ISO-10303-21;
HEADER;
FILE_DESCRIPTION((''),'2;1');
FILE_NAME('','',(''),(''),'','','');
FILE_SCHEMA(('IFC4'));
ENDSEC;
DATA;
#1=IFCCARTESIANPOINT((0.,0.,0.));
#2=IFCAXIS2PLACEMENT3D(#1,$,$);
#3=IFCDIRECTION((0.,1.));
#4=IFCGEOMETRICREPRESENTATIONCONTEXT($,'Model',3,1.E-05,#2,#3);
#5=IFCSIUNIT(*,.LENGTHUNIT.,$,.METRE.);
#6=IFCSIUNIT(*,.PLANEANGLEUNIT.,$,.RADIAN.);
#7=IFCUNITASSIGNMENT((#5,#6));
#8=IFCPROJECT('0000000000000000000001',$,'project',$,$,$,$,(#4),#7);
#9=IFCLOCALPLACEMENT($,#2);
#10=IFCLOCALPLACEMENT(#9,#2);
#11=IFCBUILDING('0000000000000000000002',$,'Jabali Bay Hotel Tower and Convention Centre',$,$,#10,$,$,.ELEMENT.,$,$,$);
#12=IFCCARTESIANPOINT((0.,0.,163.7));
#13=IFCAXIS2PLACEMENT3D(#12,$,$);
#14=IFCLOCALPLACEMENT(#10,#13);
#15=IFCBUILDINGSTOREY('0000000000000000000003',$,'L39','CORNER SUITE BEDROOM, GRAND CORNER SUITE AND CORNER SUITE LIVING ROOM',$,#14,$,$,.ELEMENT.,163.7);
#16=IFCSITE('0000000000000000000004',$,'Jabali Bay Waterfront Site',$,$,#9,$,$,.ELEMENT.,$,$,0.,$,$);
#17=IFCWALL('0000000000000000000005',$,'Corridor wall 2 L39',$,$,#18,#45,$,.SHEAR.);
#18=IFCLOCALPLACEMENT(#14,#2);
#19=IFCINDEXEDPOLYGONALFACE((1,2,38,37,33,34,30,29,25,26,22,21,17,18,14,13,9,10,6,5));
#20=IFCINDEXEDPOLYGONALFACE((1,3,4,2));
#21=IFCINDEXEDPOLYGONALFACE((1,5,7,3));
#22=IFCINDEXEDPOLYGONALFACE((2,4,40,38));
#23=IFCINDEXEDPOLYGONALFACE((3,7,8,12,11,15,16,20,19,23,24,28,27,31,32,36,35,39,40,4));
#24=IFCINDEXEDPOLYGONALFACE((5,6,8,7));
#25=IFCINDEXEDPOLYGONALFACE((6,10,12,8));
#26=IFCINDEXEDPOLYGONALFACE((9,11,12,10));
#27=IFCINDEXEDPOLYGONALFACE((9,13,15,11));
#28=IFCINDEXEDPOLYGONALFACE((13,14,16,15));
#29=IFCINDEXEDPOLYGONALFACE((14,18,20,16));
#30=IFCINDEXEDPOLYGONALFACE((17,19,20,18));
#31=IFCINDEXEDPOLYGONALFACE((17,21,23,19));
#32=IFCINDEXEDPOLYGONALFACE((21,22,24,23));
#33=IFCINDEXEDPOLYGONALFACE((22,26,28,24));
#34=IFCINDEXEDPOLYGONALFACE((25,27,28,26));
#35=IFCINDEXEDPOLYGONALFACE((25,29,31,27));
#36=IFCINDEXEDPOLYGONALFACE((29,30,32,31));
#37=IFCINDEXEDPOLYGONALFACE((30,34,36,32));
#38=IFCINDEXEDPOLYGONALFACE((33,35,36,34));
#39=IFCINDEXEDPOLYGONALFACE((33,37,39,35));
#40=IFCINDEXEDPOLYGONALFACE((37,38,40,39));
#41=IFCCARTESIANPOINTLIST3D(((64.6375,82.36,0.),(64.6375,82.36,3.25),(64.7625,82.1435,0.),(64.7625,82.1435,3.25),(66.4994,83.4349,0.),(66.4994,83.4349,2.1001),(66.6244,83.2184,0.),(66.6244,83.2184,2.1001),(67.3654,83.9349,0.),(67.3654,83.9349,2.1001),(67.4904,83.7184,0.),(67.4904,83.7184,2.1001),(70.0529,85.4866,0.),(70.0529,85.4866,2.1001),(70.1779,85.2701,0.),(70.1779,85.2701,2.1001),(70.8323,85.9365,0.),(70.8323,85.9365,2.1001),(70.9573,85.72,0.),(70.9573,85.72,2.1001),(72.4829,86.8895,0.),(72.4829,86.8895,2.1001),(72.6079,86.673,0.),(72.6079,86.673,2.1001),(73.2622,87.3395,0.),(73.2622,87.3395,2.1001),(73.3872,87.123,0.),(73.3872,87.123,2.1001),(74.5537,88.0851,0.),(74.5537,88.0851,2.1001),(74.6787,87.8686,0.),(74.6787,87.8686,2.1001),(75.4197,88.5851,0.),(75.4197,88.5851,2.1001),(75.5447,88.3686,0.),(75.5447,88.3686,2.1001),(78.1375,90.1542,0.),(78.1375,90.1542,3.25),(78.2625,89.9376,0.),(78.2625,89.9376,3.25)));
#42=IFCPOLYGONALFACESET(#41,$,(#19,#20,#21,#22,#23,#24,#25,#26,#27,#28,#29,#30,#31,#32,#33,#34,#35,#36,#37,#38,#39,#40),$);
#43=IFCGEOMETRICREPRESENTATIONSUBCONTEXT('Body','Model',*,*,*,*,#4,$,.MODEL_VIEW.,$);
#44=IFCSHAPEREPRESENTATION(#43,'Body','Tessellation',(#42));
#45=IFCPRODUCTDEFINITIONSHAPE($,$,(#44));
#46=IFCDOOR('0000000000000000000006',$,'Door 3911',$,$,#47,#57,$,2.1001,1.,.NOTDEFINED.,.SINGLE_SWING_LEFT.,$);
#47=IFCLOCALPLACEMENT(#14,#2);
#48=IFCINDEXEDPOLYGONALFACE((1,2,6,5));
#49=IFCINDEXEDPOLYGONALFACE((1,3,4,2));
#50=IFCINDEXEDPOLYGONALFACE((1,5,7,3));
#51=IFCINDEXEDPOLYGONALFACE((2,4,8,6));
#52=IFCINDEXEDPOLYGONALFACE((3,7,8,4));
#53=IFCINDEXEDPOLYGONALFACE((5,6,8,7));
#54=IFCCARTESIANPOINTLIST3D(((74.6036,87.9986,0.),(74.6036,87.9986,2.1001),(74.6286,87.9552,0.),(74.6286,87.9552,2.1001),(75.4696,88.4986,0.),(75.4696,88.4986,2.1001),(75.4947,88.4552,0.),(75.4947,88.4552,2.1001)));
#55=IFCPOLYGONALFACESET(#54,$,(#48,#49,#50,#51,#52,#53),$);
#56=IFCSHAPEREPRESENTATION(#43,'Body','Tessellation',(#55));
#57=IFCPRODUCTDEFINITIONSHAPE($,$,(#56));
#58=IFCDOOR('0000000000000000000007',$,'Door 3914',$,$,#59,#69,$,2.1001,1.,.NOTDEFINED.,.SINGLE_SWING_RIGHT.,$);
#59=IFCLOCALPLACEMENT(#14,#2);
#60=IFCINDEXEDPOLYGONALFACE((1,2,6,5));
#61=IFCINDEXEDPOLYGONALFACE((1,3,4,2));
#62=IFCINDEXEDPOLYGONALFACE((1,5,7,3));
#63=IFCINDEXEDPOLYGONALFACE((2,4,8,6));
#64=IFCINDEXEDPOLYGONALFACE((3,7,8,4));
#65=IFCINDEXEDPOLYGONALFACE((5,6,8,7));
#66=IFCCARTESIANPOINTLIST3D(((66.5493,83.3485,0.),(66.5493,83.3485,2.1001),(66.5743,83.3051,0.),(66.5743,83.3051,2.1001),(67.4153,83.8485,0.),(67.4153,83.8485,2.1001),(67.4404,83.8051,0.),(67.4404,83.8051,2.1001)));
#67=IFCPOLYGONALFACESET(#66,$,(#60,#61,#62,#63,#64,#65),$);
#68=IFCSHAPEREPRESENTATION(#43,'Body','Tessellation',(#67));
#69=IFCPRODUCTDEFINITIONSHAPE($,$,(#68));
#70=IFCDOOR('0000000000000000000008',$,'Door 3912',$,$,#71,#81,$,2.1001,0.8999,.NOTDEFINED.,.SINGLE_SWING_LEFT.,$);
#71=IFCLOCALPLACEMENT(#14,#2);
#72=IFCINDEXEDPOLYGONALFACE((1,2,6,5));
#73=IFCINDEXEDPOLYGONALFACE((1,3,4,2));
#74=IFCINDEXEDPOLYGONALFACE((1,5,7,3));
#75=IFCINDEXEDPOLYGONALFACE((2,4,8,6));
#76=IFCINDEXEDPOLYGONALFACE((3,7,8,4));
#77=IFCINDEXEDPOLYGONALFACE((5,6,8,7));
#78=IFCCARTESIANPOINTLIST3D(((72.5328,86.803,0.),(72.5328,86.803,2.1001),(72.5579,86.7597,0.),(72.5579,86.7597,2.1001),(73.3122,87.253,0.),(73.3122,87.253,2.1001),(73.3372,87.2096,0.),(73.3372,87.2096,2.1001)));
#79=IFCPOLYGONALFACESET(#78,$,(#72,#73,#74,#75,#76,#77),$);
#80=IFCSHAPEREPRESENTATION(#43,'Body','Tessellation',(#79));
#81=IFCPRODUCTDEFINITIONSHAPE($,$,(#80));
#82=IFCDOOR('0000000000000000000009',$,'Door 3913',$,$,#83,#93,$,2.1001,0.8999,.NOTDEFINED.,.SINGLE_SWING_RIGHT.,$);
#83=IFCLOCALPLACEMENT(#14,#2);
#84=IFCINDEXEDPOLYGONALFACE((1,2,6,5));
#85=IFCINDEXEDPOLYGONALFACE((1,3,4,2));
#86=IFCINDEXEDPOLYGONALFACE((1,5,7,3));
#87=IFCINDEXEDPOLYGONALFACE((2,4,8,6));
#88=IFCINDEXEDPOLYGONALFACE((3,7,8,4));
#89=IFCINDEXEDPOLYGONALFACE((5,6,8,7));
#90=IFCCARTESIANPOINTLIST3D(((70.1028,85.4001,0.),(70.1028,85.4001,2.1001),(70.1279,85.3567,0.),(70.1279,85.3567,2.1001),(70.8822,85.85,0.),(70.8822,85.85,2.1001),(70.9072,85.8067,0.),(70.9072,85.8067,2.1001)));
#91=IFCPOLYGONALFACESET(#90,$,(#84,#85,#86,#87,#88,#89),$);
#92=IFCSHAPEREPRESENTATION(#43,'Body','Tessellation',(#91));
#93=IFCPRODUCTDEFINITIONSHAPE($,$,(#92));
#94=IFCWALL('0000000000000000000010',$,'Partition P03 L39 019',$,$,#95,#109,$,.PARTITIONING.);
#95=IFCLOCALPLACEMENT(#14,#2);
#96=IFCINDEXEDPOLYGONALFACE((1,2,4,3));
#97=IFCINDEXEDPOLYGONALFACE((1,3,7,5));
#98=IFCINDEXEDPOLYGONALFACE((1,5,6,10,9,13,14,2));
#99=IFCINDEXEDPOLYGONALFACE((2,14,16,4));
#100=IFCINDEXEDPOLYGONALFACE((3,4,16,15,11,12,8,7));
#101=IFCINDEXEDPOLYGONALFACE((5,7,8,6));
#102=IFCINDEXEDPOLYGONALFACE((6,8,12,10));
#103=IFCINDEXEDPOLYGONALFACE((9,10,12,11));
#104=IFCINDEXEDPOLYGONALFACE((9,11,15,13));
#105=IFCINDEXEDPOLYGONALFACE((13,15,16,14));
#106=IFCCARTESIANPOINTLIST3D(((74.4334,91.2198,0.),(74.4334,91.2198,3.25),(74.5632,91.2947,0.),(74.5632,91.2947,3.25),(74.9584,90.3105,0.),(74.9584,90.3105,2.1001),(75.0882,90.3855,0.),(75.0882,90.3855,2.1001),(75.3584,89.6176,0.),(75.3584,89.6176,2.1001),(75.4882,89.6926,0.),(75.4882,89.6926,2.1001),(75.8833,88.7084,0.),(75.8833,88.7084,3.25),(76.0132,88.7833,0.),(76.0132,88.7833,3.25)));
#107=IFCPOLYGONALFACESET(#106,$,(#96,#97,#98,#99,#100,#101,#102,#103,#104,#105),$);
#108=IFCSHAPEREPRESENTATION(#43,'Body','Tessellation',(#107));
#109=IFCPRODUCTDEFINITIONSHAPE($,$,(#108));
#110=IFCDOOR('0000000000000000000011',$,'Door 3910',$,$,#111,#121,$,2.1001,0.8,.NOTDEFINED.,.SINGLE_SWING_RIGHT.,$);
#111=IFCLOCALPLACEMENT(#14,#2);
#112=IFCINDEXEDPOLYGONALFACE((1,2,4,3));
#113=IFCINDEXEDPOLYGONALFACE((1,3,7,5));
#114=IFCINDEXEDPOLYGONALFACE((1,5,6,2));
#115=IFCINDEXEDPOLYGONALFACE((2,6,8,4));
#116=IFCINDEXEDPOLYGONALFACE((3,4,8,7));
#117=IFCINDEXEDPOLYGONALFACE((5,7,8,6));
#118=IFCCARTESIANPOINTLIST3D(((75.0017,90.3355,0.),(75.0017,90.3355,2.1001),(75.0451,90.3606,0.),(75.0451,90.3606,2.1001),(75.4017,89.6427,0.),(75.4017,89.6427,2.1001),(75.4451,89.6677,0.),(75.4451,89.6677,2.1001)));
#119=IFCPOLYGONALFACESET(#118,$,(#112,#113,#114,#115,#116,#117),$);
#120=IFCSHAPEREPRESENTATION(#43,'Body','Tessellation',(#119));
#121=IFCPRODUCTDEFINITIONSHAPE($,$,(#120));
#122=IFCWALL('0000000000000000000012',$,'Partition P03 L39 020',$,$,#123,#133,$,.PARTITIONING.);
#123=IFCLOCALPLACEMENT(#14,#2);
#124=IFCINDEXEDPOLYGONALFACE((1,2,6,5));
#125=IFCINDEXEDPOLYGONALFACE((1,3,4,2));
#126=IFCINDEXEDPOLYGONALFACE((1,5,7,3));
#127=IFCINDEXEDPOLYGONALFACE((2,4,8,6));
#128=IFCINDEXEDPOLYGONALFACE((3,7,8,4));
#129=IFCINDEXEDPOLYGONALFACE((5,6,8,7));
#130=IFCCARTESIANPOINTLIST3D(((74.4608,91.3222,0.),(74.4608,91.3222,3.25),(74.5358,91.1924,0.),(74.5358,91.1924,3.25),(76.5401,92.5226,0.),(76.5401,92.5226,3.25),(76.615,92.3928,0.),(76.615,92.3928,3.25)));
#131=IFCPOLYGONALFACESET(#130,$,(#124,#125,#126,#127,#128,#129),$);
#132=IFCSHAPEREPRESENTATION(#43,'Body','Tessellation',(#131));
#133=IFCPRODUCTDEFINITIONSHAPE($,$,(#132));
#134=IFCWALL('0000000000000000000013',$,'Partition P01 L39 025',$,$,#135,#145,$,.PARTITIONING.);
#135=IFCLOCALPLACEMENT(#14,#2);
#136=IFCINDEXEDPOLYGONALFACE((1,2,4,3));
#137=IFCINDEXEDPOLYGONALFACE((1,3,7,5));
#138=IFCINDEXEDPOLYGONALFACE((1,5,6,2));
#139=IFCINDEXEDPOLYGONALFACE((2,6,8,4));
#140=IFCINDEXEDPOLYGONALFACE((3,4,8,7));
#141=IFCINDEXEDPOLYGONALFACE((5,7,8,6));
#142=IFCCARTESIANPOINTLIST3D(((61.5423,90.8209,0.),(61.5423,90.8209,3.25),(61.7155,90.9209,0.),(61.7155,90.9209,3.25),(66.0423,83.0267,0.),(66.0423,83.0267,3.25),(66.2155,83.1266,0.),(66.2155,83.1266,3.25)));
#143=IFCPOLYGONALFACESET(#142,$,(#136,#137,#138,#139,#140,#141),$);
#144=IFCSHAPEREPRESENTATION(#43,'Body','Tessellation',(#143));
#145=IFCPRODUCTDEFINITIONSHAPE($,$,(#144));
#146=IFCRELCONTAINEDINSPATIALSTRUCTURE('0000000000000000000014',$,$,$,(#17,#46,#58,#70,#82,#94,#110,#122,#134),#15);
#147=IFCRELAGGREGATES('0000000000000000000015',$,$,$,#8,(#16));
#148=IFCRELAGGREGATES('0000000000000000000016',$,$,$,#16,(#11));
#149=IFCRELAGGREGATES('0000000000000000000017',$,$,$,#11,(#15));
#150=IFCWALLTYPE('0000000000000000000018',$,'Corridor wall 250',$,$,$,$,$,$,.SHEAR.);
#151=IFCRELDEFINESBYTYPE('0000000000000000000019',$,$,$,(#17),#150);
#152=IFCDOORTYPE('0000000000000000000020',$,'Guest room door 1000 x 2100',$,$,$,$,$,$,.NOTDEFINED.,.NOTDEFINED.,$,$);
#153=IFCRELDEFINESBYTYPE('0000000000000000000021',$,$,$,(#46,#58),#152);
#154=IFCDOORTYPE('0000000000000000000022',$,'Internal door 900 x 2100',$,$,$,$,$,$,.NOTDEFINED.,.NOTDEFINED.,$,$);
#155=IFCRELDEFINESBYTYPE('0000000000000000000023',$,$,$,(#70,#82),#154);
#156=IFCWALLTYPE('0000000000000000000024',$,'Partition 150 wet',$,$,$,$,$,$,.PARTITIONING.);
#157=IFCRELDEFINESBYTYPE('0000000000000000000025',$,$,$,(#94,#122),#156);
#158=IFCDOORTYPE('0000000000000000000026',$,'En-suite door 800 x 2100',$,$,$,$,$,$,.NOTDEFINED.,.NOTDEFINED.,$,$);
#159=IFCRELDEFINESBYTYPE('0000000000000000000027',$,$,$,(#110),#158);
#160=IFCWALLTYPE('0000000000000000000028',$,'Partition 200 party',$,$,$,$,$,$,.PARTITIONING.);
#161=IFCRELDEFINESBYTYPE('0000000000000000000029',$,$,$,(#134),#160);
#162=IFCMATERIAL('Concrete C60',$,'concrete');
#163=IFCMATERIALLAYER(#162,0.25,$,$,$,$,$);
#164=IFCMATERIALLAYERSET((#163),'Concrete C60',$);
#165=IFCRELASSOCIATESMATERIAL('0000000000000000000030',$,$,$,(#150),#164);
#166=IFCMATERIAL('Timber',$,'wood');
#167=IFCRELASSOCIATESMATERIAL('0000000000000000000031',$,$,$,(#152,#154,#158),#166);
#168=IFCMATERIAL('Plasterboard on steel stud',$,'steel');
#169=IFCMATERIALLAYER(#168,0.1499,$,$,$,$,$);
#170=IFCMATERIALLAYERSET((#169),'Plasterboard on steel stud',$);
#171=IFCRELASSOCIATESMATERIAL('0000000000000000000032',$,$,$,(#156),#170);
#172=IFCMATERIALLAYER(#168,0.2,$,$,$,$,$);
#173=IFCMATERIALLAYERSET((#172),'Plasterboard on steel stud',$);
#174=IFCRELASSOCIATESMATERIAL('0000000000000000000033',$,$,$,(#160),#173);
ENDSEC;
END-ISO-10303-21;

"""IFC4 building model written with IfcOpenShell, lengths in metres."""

from ifc_helpers import new_model, si_unit, direction, frame, frame_2d, origin, place, context, subcontext, project, spatial, rectangle, extrude, material, layer, layer_set, type_object, element, fill, save


model = new_model("IFC4")

# Units and contexts
model_context = context("Model", 3, precision=1e-05, world=origin(), true_north=direction((0.0, 1.0)))
body_context = subcontext(model_context, "Body", "Model", "MODEL_VIEW")
ifc_project = project(units=[si_unit("LENGTHUNIT", "METRE"), si_unit("PLANEANGLEUNIT", "RADIAN")], contexts=[model_context])

# Site, building, storey
site_placement = place(None, origin())
site = spatial("IfcSite", under=ifc_project, at=site_placement, Name="Jabali Bay Waterfront Site", CompositionType="ELEMENT", RefElevation=0.0)
building_placement = place(site_placement, origin())
building = spatial("IfcBuilding", under=site, at=building_placement, Name="Jabali Bay Hotel Tower and Convention Centre", CompositionType="ELEMENT")
storey_placement = place(building_placement, frame((0.0, 0.0, 163.7)))
storey = spatial("IfcBuildingStorey", under=building, at=storey_placement, Name="L39", Description="CORNER SUITE BEDROOM, GRAND CORNER SUITE AND CORNER SUITE LIVING ROOM", CompositionType="ELEMENT", Elevation=163.7)

# Shared definitions
ifc_material_1 = material(Name="Concrete C60", Category="concrete")

# Wall, openings, doors
ifc_layer_1 = layer(ifc_material_1, 0.25)
ifc_layer_set_1 = layer_set([ifc_layer_1], Name="Concrete C60")
wall_type_1 = type_object("IfcWallType", Name="Corridor wall 250", PredefinedType="SHEAR", material=ifc_layer_set_1)
wall_1_placement = place(storey_placement, frame((78.2, 90.0459, 0.0), z_axis=(0.0, 0.0, 1.0), x_axis=(-0.866026, -0.499998, 0.0)))
wall_1 = element("IfcWall", 1, at=wall_1_placement, inside=storey, type_object=wall_type_1, Name="Corridor wall 2 L39", PredefinedType="SHEAR", context=body_context, shape_type="SweptSolid", body=[
    extrude(rectangle(XDim=15.5884, YDim=0.25, at=frame_2d((7.7942, 0.0))), origin(), (0.0, 0.0, 1.0), 3.25),
])
opening_1_placement = place(wall_1_placement, frame((3.1382, 0.0, 0.0)))
opening_1 = element("IfcOpeningElement", 2, at=opening_1_placement, cuts=wall_1, PredefinedType="OPENING", context=body_context, shape_type="SweptSolid", body=[
    extrude(rectangle(XDim=1.0, YDim=2.1001, at=frame_2d((0.5, 1.05))), frame((0.0, 0.1355, 0.0), z_axis=(0.0, -1.0, 0.0), x_axis=(1.0, 0.0, 0.0)), (0.0, 0.0, 1.0), 0.271),
])
opening_2_placement = place(wall_1_placement, frame((5.6294, 0.0, 0.0)))
opening_2 = element("IfcOpeningElement", 3, at=opening_2_placement, cuts=wall_1, PredefinedType="OPENING", context=body_context, shape_type="SweptSolid", body=[
    extrude(rectangle(XDim=0.8999, YDim=2.1001, at=frame_2d((0.45, 1.05))), frame((0.0, 0.1355, 0.0), z_axis=(0.0, -1.0, 0.0), x_axis=(1.0, 0.0, 0.0)), (0.0, 0.0, 1.0), 0.271),
])
opening_3_placement = place(wall_1_placement, frame((8.4353, 0.0, 0.0)))
opening_3 = element("IfcOpeningElement", 4, at=opening_3_placement, cuts=wall_1, PredefinedType="OPENING", context=body_context, shape_type="SweptSolid", body=[
    extrude(rectangle(XDim=0.8999, YDim=2.1001, at=frame_2d((0.45, 1.05))), frame((0.0, 0.1355, 0.0), z_axis=(0.0, -1.0, 0.0), x_axis=(1.0, 0.0, 0.0)), (0.0, 0.0, 1.0), 0.271),
])
opening_4_placement = place(wall_1_placement, frame((12.4385, 0.0, 0.0)))
opening_4 = element("IfcOpeningElement", 5, at=opening_4_placement, cuts=wall_1, PredefinedType="OPENING", context=body_context, shape_type="SweptSolid", body=[
    extrude(rectangle(XDim=1.0, YDim=2.1001, at=frame_2d((0.5, 1.05))), frame((0.0, 0.1355, 0.0), z_axis=(0.0, -1.0, 0.0), x_axis=(1.0, 0.0, 0.0)), (0.0, 0.0, 1.0), 0.271),
])
ifc_material_2 = material(Name="Timber", Category="wood")
door_type_1 = type_object("IfcDoorType", Name="Guest room door 1000 x 2100", OperationType="NOTDEFINED", PredefinedType="NOTDEFINED", material=ifc_material_2)
door_1_placement = place(opening_1_placement, origin())
door_1 = element("IfcDoor", 6, at=door_1_placement, inside=storey, type_object=door_type_1, Name="Door 3911", OperationType="SINGLE_SWING_LEFT", OverallHeight=2.1001, OverallWidth=1.0, PredefinedType="NOTDEFINED", context=body_context, shape_type="SweptSolid", body=[
    extrude(rectangle(XDim=1.0, YDim=2.1001, at=frame_2d((0.5, 1.05))), frame((0.0, 0.0249, 0.0), z_axis=(0.0, -1.0, 0.0), x_axis=(1.0, 0.0, 0.0)), (0.0, 0.0, 1.0), 0.05),
])
fill(opening_1, door_1)
door_2_placement = place(opening_4_placement, origin())
door_2 = element("IfcDoor", 7, at=door_2_placement, inside=storey, type_object=door_type_1, Name="Door 3914", OperationType="SINGLE_SWING_RIGHT", OverallHeight=2.1001, OverallWidth=1.0, PredefinedType="NOTDEFINED", context=body_context, shape_type="SweptSolid", body=[
    extrude(rectangle(XDim=1.0, YDim=2.1001, at=frame_2d((0.5, 1.05))), frame((0.0, 0.0249, 0.0), z_axis=(0.0, -1.0, 0.0), x_axis=(1.0, 0.0, 0.0)), (0.0, 0.0, 1.0), 0.05),
])
fill(opening_4, door_2)
door_type_2 = type_object("IfcDoorType", Name="Internal door 900 x 2100", OperationType="NOTDEFINED", PredefinedType="NOTDEFINED", material=ifc_material_2)
door_3_placement = place(opening_2_placement, origin())
door_3 = element("IfcDoor", 8, at=door_3_placement, inside=storey, type_object=door_type_2, Name="Door 3912", OperationType="SINGLE_SWING_LEFT", OverallHeight=2.1001, OverallWidth=0.8999, PredefinedType="NOTDEFINED", context=body_context, shape_type="SweptSolid", body=[
    extrude(rectangle(XDim=0.8999, YDim=2.1001, at=frame_2d((0.45, 1.05))), frame((0.0, 0.0249, 0.0), z_axis=(0.0, -1.0, 0.0), x_axis=(1.0, 0.0, 0.0)), (0.0, 0.0, 1.0), 0.05),
])
fill(opening_2, door_3)
door_4_placement = place(opening_3_placement, origin())
door_4 = element("IfcDoor", 9, at=door_4_placement, inside=storey, type_object=door_type_2, Name="Door 3913", OperationType="SINGLE_SWING_RIGHT", OverallHeight=2.1001, OverallWidth=0.8999, PredefinedType="NOTDEFINED", context=body_context, shape_type="SweptSolid", body=[
    extrude(rectangle(XDim=0.8999, YDim=2.1001, at=frame_2d((0.45, 1.05))), frame((0.0, 0.0249, 0.0), z_axis=(0.0, -1.0, 0.0), x_axis=(1.0, 0.0, 0.0)), (0.0, 0.0, 1.0), 0.05),
])
fill(opening_3, door_4)

# Wall, opening, door
ifc_material_3 = material(Name="Plasterboard on steel stud", Category="steel")
ifc_layer_2 = layer(ifc_material_3, 0.1499)
ifc_layer_set_2 = layer_set([ifc_layer_2], Name="Plasterboard on steel stud")
wall_type_2 = type_object("IfcWallType", Name="Partition 150 wet", PredefinedType="PARTITIONING", material=ifc_layer_set_2)
wall_2_placement = place(storey_placement, frame((75.9482, 88.7458, 0.0), z_axis=(0.0, 0.0, 1.0), x_axis=(-0.499987, 0.866033, 0.0)))
wall_2 = element("IfcWall", 10, at=wall_2_placement, inside=storey, type_object=wall_type_2, Name="Partition P03 L39 019", PredefinedType="PARTITIONING", context=body_context, shape_type="SweptSolid", body=[
    extrude(rectangle(XDim=2.8999, YDim=0.1499, at=frame_2d((1.45, 0.0))), origin(), (0.0, 0.0, 1.0), 3.25),
])
opening_5_placement = place(wall_2_placement, frame((1.05, 0.0, 0.0)))
opening_5 = element("IfcOpeningElement", 11, at=opening_5_placement, cuts=wall_2, PredefinedType="OPENING", context=body_context, shape_type="SweptSolid", body=[
    extrude(rectangle(XDim=0.8, YDim=2.1001, at=frame_2d((0.3999, 1.05))), frame((0.0, 0.0854, 0.0), z_axis=(0.0, -1.0, 0.0), x_axis=(1.0, 0.0, 0.0)), (0.0, 0.0, 1.0), 0.1709),
])
door_type_3 = type_object("IfcDoorType", Name="En-suite door 800 x 2100", OperationType="NOTDEFINED", PredefinedType="NOTDEFINED", material=ifc_material_2)
door_5_placement = place(opening_5_placement, origin())
door_5 = element("IfcDoor", 12, at=door_5_placement, inside=storey, type_object=door_type_3, Name="Door 3910", OperationType="SINGLE_SWING_RIGHT", OverallHeight=2.1001, OverallWidth=0.8, PredefinedType="NOTDEFINED", context=body_context, shape_type="SweptSolid", body=[
    extrude(rectangle(XDim=0.8, YDim=2.1001, at=frame_2d((0.3999, 1.05))), frame((0.0, 0.0249, 0.0), z_axis=(0.0, -1.0, 0.0), x_axis=(1.0, 0.0, 0.0)), (0.0, 0.0, 1.0), 0.05),
])
fill(opening_5, door_5)

# Walls
wall_3_placement = place(storey_placement, frame((74.4983, 91.2573, 0.0), z_axis=(0.0, 0.0, 1.0), x_axis=(0.866038, 0.499978, 0.0)))
element("IfcWall", 13, at=wall_3_placement, inside=storey, type_object=wall_type_2, Name="Partition P03 L39 020", PredefinedType="PARTITIONING", context=body_context, shape_type="SweptSolid", body=[
    extrude(rectangle(XDim=2.4009, YDim=0.1499, at=frame_2d((1.2004, 0.0))), origin(), (0.0, 0.0, 1.0), 3.25),
])
ifc_layer_3 = layer(ifc_material_3, 0.2)
ifc_layer_set_3 = layer_set([ifc_layer_3], Name="Plasterboard on steel stud")
wall_type_3 = type_object("IfcWallType", Name="Partition 200 party", PredefinedType="PARTITIONING", material=ifc_layer_set_3)
wall_4_placement = place(storey_placement, frame((66.1289, 83.0767, 0.0), z_axis=(0.0, 0.0, 1.0), x_axis=(-0.500002, 0.866024, 0.0)))
element("IfcWall", 14, at=wall_4_placement, inside=storey, type_object=wall_type_3, Name="Partition P01 L39 025", PredefinedType="PARTITIONING", context=body_context, shape_type="SweptSolid", body=[
    extrude(rectangle(XDim=9.0, YDim=0.2, at=frame_2d((4.5, 0.0))), origin(), (0.0, 0.0, 1.0), 3.25),
])

save(model, "model.ifc")
